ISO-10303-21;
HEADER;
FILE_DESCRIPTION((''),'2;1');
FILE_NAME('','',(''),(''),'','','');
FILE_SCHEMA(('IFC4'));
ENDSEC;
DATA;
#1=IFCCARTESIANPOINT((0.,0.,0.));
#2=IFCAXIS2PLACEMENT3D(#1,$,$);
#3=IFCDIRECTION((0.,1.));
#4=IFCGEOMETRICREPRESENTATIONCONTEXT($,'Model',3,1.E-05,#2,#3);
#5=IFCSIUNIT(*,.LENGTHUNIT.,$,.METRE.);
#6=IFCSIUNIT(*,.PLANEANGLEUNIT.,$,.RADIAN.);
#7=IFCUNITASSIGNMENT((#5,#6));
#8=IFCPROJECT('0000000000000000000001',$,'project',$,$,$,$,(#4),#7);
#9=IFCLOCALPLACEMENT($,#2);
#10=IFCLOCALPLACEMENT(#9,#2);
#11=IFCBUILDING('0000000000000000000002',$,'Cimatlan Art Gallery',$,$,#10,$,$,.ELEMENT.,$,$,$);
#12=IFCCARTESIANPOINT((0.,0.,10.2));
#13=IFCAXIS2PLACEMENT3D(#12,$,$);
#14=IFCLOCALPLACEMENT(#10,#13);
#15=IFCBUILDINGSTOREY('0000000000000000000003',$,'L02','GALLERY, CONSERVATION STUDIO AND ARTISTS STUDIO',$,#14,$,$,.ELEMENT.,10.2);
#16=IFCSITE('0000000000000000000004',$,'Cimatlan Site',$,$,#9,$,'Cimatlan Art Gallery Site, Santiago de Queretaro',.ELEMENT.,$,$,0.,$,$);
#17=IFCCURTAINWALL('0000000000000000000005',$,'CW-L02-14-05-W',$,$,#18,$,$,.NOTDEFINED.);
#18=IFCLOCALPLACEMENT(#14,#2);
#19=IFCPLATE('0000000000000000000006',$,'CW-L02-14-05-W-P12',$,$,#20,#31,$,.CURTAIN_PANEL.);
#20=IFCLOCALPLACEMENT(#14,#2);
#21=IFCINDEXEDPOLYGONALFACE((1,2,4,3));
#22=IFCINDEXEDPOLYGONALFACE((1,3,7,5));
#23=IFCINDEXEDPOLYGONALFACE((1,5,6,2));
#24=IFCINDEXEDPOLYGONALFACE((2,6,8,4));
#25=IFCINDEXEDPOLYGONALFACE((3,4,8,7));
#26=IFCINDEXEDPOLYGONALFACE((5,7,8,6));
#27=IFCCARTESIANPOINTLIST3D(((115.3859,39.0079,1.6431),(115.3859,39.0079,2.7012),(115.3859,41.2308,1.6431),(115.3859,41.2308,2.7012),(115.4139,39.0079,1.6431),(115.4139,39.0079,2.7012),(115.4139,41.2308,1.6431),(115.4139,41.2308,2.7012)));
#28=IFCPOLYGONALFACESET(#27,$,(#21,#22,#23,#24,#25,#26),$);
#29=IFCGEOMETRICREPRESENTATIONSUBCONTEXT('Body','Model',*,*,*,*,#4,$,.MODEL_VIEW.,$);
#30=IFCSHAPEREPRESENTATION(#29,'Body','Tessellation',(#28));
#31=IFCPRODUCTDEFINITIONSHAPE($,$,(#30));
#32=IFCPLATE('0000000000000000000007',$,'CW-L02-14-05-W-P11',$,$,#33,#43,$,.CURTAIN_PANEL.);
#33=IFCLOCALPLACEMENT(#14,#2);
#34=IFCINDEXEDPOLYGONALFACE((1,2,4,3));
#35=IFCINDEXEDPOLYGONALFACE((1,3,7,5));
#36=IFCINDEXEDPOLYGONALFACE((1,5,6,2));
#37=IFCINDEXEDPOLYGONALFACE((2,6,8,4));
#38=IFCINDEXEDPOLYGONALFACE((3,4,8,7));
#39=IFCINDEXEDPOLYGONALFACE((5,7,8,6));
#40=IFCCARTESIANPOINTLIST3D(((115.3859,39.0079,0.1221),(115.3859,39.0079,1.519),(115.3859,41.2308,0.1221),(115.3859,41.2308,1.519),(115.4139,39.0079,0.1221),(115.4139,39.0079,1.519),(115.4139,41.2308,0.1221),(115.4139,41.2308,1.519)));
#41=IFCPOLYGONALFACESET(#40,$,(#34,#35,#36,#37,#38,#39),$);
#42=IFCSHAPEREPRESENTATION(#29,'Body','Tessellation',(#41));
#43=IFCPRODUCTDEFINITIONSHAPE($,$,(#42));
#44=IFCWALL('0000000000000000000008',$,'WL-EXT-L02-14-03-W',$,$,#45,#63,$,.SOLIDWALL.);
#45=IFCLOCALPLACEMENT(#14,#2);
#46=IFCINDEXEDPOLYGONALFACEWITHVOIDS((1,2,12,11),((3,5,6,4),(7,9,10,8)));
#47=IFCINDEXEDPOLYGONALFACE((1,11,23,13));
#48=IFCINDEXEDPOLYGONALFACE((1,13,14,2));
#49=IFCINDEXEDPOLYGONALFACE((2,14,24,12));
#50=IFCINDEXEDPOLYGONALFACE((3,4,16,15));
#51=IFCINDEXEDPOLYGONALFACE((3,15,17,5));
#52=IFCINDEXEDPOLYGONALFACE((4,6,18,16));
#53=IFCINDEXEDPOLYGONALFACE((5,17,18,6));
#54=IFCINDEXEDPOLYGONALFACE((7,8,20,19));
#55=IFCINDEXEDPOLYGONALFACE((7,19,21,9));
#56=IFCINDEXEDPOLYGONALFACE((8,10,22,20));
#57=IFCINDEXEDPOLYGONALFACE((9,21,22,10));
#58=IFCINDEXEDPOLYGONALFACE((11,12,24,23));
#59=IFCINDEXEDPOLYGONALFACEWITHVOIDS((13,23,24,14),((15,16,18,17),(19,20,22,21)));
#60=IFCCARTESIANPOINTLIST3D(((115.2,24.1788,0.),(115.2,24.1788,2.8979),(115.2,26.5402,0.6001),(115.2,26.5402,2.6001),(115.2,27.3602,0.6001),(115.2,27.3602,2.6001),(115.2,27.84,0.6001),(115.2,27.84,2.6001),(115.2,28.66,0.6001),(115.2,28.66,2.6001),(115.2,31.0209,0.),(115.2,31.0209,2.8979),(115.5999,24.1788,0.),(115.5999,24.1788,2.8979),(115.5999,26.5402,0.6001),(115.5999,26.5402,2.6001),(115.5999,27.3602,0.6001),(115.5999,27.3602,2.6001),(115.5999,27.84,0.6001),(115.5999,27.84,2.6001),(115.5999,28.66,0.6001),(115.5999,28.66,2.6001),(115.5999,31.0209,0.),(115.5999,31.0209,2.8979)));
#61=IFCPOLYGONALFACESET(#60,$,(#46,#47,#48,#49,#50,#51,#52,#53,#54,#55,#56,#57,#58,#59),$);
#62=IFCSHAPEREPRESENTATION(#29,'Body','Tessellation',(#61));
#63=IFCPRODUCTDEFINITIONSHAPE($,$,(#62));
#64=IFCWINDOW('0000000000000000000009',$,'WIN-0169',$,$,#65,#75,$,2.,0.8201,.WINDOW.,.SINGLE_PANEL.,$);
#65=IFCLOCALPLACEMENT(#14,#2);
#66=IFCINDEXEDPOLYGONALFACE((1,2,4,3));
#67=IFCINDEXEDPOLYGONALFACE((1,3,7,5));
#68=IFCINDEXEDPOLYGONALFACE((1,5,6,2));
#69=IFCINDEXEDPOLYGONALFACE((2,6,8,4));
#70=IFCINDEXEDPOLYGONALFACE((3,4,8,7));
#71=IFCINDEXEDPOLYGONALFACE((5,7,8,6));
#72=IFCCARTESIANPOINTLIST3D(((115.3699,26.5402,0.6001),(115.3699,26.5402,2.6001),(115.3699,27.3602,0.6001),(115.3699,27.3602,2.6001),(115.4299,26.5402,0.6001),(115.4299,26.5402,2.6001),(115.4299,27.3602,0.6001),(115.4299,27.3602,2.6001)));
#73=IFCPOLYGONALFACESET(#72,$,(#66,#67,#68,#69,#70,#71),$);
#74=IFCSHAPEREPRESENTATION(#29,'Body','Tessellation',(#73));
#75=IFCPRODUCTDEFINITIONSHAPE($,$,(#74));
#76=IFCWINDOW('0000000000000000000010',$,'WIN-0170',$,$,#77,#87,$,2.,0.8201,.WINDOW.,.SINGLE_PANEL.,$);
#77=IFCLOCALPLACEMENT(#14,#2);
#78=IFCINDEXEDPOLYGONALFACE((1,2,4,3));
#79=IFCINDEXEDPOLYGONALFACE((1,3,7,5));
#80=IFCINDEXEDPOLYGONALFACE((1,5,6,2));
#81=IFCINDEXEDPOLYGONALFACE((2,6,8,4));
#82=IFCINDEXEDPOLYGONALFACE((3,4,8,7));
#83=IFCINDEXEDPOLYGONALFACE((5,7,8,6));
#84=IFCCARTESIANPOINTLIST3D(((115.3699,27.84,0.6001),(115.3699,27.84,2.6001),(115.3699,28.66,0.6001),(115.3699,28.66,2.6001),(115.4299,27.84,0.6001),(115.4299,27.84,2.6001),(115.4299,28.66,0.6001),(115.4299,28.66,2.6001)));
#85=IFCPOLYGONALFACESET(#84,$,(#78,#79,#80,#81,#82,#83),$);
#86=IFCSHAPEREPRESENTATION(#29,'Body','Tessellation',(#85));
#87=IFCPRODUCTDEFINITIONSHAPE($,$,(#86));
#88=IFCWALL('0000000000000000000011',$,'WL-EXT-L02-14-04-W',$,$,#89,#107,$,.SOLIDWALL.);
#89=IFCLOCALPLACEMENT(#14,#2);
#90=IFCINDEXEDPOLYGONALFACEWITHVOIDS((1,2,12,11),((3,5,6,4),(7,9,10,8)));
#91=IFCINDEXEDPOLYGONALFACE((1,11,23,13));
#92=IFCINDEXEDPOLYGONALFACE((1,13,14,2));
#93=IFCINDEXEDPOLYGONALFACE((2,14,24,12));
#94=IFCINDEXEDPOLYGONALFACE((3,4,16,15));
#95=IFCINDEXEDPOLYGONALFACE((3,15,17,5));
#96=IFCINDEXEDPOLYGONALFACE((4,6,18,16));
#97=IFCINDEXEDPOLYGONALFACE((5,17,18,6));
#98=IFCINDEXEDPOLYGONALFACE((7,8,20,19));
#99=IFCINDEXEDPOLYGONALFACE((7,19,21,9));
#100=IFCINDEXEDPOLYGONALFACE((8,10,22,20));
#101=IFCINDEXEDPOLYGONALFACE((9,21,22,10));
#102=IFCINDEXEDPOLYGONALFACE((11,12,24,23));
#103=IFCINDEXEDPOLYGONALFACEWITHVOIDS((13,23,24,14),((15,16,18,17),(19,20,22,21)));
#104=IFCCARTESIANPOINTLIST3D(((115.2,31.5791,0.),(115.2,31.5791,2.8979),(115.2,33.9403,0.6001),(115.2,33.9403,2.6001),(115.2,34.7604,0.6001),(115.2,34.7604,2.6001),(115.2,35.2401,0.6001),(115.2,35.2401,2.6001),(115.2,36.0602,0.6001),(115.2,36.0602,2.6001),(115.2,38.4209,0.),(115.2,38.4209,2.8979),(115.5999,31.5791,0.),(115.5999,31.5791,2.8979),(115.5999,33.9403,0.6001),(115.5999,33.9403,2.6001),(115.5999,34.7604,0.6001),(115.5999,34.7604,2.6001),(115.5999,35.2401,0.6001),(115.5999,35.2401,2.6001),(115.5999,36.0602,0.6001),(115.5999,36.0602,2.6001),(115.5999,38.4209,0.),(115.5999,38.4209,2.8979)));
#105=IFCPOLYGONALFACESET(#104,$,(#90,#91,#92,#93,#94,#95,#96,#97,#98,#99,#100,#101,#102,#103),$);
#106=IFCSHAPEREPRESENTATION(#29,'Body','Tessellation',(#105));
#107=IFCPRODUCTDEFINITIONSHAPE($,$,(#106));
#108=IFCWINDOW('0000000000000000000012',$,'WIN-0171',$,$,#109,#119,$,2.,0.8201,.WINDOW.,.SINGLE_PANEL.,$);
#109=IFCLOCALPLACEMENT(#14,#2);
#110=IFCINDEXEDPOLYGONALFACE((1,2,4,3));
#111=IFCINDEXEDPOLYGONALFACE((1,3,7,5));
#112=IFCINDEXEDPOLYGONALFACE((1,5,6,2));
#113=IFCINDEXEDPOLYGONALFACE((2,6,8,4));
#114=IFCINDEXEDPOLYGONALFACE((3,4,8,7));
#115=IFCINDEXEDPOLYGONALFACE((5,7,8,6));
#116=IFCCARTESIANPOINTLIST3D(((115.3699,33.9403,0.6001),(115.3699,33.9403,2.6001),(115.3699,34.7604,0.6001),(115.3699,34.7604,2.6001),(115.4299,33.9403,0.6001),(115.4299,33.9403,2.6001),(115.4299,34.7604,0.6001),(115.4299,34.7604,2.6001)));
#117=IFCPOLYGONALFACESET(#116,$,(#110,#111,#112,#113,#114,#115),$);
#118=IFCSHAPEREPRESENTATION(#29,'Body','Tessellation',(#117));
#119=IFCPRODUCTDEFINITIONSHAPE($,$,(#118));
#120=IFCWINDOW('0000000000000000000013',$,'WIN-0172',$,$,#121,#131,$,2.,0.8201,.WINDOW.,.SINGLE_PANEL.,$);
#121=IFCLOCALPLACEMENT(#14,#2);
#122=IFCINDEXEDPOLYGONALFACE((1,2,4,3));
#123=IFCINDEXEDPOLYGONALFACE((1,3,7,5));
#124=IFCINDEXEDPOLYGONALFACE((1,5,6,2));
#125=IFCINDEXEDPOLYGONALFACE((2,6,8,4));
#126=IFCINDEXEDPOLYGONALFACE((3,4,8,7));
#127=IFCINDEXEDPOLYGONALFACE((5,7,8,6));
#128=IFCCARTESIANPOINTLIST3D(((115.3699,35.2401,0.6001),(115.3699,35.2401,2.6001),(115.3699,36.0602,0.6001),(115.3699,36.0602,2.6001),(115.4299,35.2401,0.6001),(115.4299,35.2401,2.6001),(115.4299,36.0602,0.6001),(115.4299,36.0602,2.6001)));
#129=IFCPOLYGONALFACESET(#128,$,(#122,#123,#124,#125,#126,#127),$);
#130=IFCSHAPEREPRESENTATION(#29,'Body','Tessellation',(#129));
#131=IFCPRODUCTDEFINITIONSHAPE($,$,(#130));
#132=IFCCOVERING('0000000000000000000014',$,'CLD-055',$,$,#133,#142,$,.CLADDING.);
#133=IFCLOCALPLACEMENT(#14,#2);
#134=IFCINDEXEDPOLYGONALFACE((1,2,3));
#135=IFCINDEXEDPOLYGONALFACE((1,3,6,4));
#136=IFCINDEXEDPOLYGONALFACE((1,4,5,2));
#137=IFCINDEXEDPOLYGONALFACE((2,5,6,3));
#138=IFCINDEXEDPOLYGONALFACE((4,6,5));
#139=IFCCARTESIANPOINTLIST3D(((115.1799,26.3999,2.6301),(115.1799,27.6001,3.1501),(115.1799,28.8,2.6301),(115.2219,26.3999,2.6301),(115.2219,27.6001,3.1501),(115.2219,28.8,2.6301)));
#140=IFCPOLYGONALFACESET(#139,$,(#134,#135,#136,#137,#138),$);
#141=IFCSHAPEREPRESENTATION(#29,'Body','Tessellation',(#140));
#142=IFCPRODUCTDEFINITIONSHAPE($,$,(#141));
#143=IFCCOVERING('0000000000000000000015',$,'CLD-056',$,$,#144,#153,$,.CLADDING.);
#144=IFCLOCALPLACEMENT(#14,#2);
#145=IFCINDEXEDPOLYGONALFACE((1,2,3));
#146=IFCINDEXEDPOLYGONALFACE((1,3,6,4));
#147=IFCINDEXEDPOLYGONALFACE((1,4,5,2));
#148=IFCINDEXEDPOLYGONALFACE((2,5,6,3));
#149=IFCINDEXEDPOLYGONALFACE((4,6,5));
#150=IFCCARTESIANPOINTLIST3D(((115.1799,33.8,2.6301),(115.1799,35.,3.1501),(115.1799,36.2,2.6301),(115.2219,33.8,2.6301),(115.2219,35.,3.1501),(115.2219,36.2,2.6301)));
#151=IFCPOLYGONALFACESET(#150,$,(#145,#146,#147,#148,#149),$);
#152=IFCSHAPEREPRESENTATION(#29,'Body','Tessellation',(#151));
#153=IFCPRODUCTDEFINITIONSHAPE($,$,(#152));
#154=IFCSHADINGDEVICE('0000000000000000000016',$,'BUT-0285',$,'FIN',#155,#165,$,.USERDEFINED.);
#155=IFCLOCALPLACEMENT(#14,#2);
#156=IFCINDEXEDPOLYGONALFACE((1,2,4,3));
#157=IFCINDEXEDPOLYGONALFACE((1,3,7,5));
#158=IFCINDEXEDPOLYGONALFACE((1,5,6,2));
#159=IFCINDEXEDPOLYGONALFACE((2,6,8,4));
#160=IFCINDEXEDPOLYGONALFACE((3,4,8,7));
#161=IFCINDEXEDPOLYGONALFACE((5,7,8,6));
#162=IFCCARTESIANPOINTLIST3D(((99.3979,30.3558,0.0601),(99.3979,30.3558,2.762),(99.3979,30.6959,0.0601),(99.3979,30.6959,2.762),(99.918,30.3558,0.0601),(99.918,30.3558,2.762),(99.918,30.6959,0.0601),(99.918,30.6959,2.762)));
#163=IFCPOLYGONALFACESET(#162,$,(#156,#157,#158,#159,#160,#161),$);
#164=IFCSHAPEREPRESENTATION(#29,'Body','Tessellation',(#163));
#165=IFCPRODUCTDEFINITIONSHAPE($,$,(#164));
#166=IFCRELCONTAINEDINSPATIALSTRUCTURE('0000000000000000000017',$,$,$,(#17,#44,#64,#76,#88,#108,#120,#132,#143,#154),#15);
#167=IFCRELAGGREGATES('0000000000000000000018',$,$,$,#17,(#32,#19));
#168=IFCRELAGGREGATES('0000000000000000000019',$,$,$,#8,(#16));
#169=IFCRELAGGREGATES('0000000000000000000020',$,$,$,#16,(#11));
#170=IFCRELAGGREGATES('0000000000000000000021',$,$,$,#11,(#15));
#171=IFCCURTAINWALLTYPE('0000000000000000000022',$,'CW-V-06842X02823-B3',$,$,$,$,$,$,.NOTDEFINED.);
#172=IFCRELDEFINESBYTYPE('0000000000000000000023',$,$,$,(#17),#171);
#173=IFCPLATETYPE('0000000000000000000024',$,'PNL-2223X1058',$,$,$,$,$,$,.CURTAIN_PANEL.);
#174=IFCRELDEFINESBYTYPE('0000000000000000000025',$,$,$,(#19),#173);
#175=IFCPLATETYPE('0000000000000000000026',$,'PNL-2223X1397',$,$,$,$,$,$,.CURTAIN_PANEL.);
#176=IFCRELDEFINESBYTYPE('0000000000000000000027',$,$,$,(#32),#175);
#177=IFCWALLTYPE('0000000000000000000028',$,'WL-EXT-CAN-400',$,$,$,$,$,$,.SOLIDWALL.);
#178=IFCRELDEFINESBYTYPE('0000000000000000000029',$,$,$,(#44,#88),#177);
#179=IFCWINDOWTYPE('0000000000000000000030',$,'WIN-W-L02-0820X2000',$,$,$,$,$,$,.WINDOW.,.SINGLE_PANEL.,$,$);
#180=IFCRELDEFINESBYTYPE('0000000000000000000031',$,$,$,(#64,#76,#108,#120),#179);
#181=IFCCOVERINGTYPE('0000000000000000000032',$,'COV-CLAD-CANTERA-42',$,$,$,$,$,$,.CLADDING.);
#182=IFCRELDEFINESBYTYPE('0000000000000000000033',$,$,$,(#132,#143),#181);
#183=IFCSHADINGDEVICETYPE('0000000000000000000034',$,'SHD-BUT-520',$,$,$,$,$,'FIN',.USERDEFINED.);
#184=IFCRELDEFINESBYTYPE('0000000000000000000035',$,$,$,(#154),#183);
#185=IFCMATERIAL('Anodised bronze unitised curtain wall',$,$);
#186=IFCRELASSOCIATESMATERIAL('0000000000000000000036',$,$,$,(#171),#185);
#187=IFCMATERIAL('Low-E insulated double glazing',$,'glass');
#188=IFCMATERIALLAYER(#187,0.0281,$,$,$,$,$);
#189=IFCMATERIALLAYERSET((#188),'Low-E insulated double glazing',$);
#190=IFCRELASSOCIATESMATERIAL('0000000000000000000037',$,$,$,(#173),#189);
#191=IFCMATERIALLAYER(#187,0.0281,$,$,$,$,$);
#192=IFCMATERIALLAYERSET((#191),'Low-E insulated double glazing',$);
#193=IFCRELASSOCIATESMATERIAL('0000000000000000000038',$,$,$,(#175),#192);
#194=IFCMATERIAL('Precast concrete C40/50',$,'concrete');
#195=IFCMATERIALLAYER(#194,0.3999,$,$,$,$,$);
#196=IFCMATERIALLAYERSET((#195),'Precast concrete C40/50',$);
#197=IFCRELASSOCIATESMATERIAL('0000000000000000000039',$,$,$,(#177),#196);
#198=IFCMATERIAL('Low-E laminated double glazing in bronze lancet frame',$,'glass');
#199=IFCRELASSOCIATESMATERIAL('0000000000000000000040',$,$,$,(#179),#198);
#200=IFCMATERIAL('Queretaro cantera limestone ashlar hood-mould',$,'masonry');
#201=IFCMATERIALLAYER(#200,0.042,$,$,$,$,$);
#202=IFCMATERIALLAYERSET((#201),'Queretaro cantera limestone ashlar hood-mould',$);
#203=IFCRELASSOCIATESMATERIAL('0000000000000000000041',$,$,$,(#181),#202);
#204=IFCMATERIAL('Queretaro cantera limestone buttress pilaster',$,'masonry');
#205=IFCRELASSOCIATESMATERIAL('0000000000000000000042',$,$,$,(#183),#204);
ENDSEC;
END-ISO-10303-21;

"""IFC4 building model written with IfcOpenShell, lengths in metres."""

from ifc_helpers import new_model, si_unit, direction, frame, frame_2d, origin, origin_2d, place, context, subcontext, project, spatial, polyline, rectangle, outline, extrude, material, layer, layer_set, type_object, element, fill, aggregate, save


model = new_model("IFC4")

# Units and contexts
model_context = context("Model", 3, precision=1e-05, world=origin(), true_north=direction((0.0, 1.0)))
body_context = subcontext(model_context, "Body", "Model", "MODEL_VIEW")
ifc_project = project(units=[si_unit("LENGTHUNIT", "METRE"), si_unit("PLANEANGLEUNIT", "RADIAN")], contexts=[model_context])

# Site, building, storey
site_placement = place(None, origin())
site = spatial("IfcSite", under=ifc_project, at=site_placement, Name="Cimatlan Site", LongName="Cimatlan Art Gallery Site, Santiago de Queretaro", CompositionType="ELEMENT", RefElevation=0.0)
building_placement = place(site_placement, origin())
building = spatial("IfcBuilding", under=site, at=building_placement, Name="Cimatlan Art Gallery", CompositionType="ELEMENT")
storey_placement = place(building_placement, frame((0.0, 0.0, 10.2)))
storey = spatial("IfcBuildingStorey", under=building, at=storey_placement, Name="L02", Description="GALLERY, CONSERVATION STUDIO AND ARTISTS STUDIO", CompositionType="ELEMENT", Elevation=10.2)

# Curtain wall, plates
ifc_material_1 = material(Name="Anodised bronze unitised curtain wall")
curtain_wall_type = type_object("IfcCurtainWallType", Name="CW-V-06842X02823-B3", PredefinedType="NOTDEFINED", material=ifc_material_1)
curtain_wall_placement = place(storey_placement, origin())
curtain_wall = element("IfcCurtainWall", 1, at=curtain_wall_placement, inside=storey, type_object=curtain_wall_type, Name="CW-L02-14-05-W", PredefinedType="NOTDEFINED")
ifc_material_2 = material(Name="Low-E insulated double glazing", Category="glass")
ifc_layer_1 = layer(ifc_material_2, 0.0281)
ifc_layer_set_1 = layer_set([ifc_layer_1], Name="Low-E insulated double glazing")
plate_type_1 = type_object("IfcPlateType", Name="PNL-2223X1058", PredefinedType="CURTAIN_PANEL", material=ifc_layer_set_1)
plate_1_placement = place(storey_placement, frame((115.3999, 40.1194, 1.6431), z_axis=(0.0, 0.0, 1.0), x_axis=(0.0, 1.0, 0.0)))
plate_1 = element("IfcPlate", 2, at=plate_1_placement, type_object=plate_type_1, Name="CW-L02-14-05-W-P12", PredefinedType="CURTAIN_PANEL", context=body_context, shape_type="SweptSolid", body=[
    extrude(rectangle(XDim=2.2229, YDim=0.0281, at=origin_2d()), origin(), (0.0, 0.0, 1.0), 1.0581),
])
ifc_layer_2 = layer(ifc_material_2, 0.0281)
ifc_layer_set_2 = layer_set([ifc_layer_2], Name="Low-E insulated double glazing")
plate_type_2 = type_object("IfcPlateType", Name="PNL-2223X1397", PredefinedType="CURTAIN_PANEL", material=ifc_layer_set_2)
plate_2_placement = place(storey_placement, frame((115.3999, 40.1194, 0.1221), z_axis=(0.0, 0.0, 1.0), x_axis=(0.0, 1.0, 0.0)))
plate_2 = element("IfcPlate", 3, at=plate_2_placement, type_object=plate_type_2, Name="CW-L02-14-05-W-P11", PredefinedType="CURTAIN_PANEL", context=body_context, shape_type="SweptSolid", body=[
    extrude(rectangle(XDim=2.2229, YDim=0.0281, at=origin_2d()), origin(), (0.0, 0.0, 1.0), 1.397),
])
aggregate(curtain_wall, [plate_2, plate_1])

# Walls, openings, windows
ifc_material_3 = material(Name="Precast concrete C40/50", Category="concrete")
ifc_layer_3 = layer(ifc_material_3, 0.3999)
ifc_layer_set_3 = layer_set([ifc_layer_3], Name="Precast concrete C40/50")
wall_type = type_object("IfcWallType", Name="WL-EXT-CAN-400", PredefinedType="SOLIDWALL", material=ifc_layer_set_3)
wall_1_placement = place(storey_placement, frame((115.3999, 24.179, 0.0), z_axis=(0.0, 0.0, 1.0), x_axis=(0.0, 1.0, 0.0)))
wall_1 = element("IfcWall", 4, at=wall_1_placement, inside=storey, type_object=wall_type, Name="WL-EXT-L02-14-03-W", PredefinedType="SOLIDWALL", context=body_context, shape_type="SweptSolid", body=[
    extrude(rectangle(XDim=6.842, YDim=0.3999, at=frame_2d((3.4209, 0.0))), origin(), (0.0, 0.0, 1.0), 2.8979),
])
opening_1_placement = place(wall_1_placement, frame((2.3611, 0.0, 0.6001)))
opening_1 = element("IfcOpeningElement", 5, at=opening_1_placement, cuts=wall_1, PredefinedType="OPENING", context=body_context, shape_type="SweptSolid", body=[
    extrude(rectangle(XDim=0.8201, YDim=2.0, at=frame_2d((0.4102, 1.0))), frame((0.0, 0.21, 0.0), z_axis=(0.0, -1.0, 0.0), x_axis=(1.0, 0.0, 0.0)), (0.0, 0.0, 1.0), 0.4199),
])
opening_2_placement = place(wall_1_placement, frame((3.6609, 0.0, 0.6001)))
opening_2 = element("IfcOpeningElement", 6, at=opening_2_placement, cuts=wall_1, PredefinedType="OPENING", context=body_context, shape_type="SweptSolid", body=[
    extrude(rectangle(XDim=0.8201, YDim=2.0, at=frame_2d((0.4102, 1.0))), frame((0.0, 0.21, 0.0), z_axis=(0.0, -1.0, 0.0), x_axis=(1.0, 0.0, 0.0)), (0.0, 0.0, 1.0), 0.4199),
])
ifc_material_4 = material(Name="Low-E laminated double glazing in bronze lancet frame", Category="glass")
window_type = type_object("IfcWindowType", Name="WIN-W-L02-0820X2000", PartitioningType="SINGLE_PANEL", PredefinedType="WINDOW", material=ifc_material_4)
window_1_placement = place(opening_1_placement, origin())
window_1 = element("IfcWindow", 7, at=window_1_placement, inside=storey, type_object=window_type, Name="WIN-0169", OverallHeight=2.0, OverallWidth=0.8201, PartitioningType="SINGLE_PANEL", PredefinedType="WINDOW", context=body_context, shape_type="SweptSolid", body=[
    extrude(rectangle(XDim=0.8201, YDim=2.0, at=frame_2d((0.4102, 1.0))), frame((0.0, 0.03, 0.0), z_axis=(0.0, -1.0, 0.0), x_axis=(1.0, 0.0, 0.0)), (0.0, 0.0, 1.0), 0.0601),
])
fill(opening_1, window_1)
window_2_placement = place(opening_2_placement, origin())
window_2 = element("IfcWindow", 8, at=window_2_placement, inside=storey, type_object=window_type, Name="WIN-0170", OverallHeight=2.0, OverallWidth=0.8201, PartitioningType="SINGLE_PANEL", PredefinedType="WINDOW", context=body_context, shape_type="SweptSolid", body=[
    extrude(rectangle(XDim=0.8201, YDim=2.0, at=frame_2d((0.4102, 1.0))), frame((0.0, 0.03, 0.0), z_axis=(0.0, -1.0, 0.0), x_axis=(1.0, 0.0, 0.0)), (0.0, 0.0, 1.0), 0.0601),
])
fill(opening_2, window_2)
wall_2_placement = place(storey_placement, frame((115.3999, 31.5791, 0.0), z_axis=(0.0, 0.0, 1.0), x_axis=(0.0, 1.0, 0.0)))
wall_2 = element("IfcWall", 9, at=wall_2_placement, inside=storey, type_object=wall_type, Name="WL-EXT-L02-14-04-W", PredefinedType="SOLIDWALL", context=body_context, shape_type="SweptSolid", body=[
    extrude(rectangle(XDim=6.8418, YDim=0.3999, at=frame_2d((3.4209, 0.0))), origin(), (0.0, 0.0, 1.0), 2.8979),
])
opening_3_placement = place(wall_2_placement, frame((2.3611, 0.0, 0.6001)))
opening_3 = element("IfcOpeningElement", 10, at=opening_3_placement, cuts=wall_2, PredefinedType="OPENING", context=body_context, shape_type="SweptSolid", body=[
    extrude(rectangle(XDim=0.8201, YDim=2.0, at=frame_2d((0.4102, 1.0))), frame((0.0, 0.21, 0.0), z_axis=(0.0, -1.0, 0.0), x_axis=(1.0, 0.0, 0.0)), (0.0, 0.0, 1.0), 0.4199),
])
opening_4_placement = place(wall_2_placement, frame((3.6609, 0.0, 0.6001)))
opening_4 = element("IfcOpeningElement", 11, at=opening_4_placement, cuts=wall_2, PredefinedType="OPENING", context=body_context, shape_type="SweptSolid", body=[
    extrude(rectangle(XDim=0.8201, YDim=2.0, at=frame_2d((0.4102, 1.0))), frame((0.0, 0.21, 0.0), z_axis=(0.0, -1.0, 0.0), x_axis=(1.0, 0.0, 0.0)), (0.0, 0.0, 1.0), 0.4199),
])
window_3_placement = place(opening_3_placement, origin())
window_3 = element("IfcWindow", 12, at=window_3_placement, inside=storey, type_object=window_type, Name="WIN-0171", OverallHeight=2.0, OverallWidth=0.8201, PartitioningType="SINGLE_PANEL", PredefinedType="WINDOW", context=body_context, shape_type="SweptSolid", body=[
    extrude(rectangle(XDim=0.8201, YDim=2.0, at=frame_2d((0.4102, 1.0))), frame((0.0, 0.03, 0.0), z_axis=(0.0, -1.0, 0.0), x_axis=(1.0, 0.0, 0.0)), (0.0, 0.0, 1.0), 0.0601),
])
fill(opening_3, window_3)
window_4_placement = place(opening_4_placement, origin())
window_4 = element("IfcWindow", 13, at=window_4_placement, inside=storey, type_object=window_type, Name="WIN-0172", OverallHeight=2.0, OverallWidth=0.8201, PartitioningType="SINGLE_PANEL", PredefinedType="WINDOW", context=body_context, shape_type="SweptSolid", body=[
    extrude(rectangle(XDim=0.8201, YDim=2.0, at=frame_2d((0.4102, 1.0))), frame((0.0, 0.03, 0.0), z_axis=(0.0, -1.0, 0.0), x_axis=(1.0, 0.0, 0.0)), (0.0, 0.0, 1.0), 0.0601),
])
fill(opening_4, window_4)

# Coverings
ifc_material_5 = material(Name="Queretaro cantera limestone ashlar hood-mould", Category="masonry")
ifc_layer_4 = layer(ifc_material_5, 0.042)
ifc_layer_set_4 = layer_set([ifc_layer_4], Name="Queretaro cantera limestone ashlar hood-mould")
covering_type = type_object("IfcCoveringType", Name="COV-CLAD-CANTERA-42", PredefinedType="CLADDING", material=ifc_layer_set_4)
covering_1_placement = place(storey_placement, frame((115.2219, 26.3999, 2.6301), z_axis=(1.0, 0.0, 0.0), x_axis=(0.0, 1.0, 0.0)))
element("IfcCovering", 14, at=covering_1_placement, inside=storey, type_object=covering_type, Name="CLD-055", PredefinedType="CLADDING", context=body_context, shape_type="SweptSolid", body=[
    extrude(outline(polyline([(0.0, 0.0), (2.4001, 0.0), (1.2002, 0.52), (0.0, 0.0)])), origin(), (0.0, 0.0, -1.0), 0.042),
])
covering_2_placement = place(storey_placement, frame((115.2219, 33.8, 2.6301), z_axis=(1.0, 0.0, 0.0), x_axis=(0.0, 1.0, 0.0)))
element("IfcCovering", 15, at=covering_2_placement, inside=storey, type_object=covering_type, Name="CLD-056", PredefinedType="CLADDING", context=body_context, shape_type="SweptSolid", body=[
    extrude(outline(polyline([(0.0, 0.0), (2.3999, 0.0), (1.2, 0.52), (0.0, 0.0)])), origin(), (0.0, 0.0, -1.0), 0.042),
])

# Shading device
ifc_material_6 = material(Name="Queretaro cantera limestone buttress pilaster", Category="masonry")
shading_device_type_1 = type_object("IfcShadingDeviceType", Name="SHD-BUT-520", ElementType="FIN", PredefinedType="USERDEFINED", material=ifc_material_6)
for number, where, z_axis, x_axis, name in (
    (16, (99.658, 30.5259, 0.0601), (0.0, 0.0, 1.0), (0.0, -1.0, 0.0), "BUT-0285"),
):
    element("IfcShadingDevice", number, at=place(storey_placement, frame(where, z_axis=z_axis, x_axis=x_axis)), inside=storey, type_object=shading_device_type_1, Name=name, ObjectType="FIN", PredefinedType="USERDEFINED", context=body_context, shape_type="SweptSolid", body=[
        extrude(rectangle(XDim=0.3401, YDim=0.52, at=origin_2d()), origin(), (0.0, 0.0, 1.0), 2.7019),
    ])

save(model, "model.ifc")
